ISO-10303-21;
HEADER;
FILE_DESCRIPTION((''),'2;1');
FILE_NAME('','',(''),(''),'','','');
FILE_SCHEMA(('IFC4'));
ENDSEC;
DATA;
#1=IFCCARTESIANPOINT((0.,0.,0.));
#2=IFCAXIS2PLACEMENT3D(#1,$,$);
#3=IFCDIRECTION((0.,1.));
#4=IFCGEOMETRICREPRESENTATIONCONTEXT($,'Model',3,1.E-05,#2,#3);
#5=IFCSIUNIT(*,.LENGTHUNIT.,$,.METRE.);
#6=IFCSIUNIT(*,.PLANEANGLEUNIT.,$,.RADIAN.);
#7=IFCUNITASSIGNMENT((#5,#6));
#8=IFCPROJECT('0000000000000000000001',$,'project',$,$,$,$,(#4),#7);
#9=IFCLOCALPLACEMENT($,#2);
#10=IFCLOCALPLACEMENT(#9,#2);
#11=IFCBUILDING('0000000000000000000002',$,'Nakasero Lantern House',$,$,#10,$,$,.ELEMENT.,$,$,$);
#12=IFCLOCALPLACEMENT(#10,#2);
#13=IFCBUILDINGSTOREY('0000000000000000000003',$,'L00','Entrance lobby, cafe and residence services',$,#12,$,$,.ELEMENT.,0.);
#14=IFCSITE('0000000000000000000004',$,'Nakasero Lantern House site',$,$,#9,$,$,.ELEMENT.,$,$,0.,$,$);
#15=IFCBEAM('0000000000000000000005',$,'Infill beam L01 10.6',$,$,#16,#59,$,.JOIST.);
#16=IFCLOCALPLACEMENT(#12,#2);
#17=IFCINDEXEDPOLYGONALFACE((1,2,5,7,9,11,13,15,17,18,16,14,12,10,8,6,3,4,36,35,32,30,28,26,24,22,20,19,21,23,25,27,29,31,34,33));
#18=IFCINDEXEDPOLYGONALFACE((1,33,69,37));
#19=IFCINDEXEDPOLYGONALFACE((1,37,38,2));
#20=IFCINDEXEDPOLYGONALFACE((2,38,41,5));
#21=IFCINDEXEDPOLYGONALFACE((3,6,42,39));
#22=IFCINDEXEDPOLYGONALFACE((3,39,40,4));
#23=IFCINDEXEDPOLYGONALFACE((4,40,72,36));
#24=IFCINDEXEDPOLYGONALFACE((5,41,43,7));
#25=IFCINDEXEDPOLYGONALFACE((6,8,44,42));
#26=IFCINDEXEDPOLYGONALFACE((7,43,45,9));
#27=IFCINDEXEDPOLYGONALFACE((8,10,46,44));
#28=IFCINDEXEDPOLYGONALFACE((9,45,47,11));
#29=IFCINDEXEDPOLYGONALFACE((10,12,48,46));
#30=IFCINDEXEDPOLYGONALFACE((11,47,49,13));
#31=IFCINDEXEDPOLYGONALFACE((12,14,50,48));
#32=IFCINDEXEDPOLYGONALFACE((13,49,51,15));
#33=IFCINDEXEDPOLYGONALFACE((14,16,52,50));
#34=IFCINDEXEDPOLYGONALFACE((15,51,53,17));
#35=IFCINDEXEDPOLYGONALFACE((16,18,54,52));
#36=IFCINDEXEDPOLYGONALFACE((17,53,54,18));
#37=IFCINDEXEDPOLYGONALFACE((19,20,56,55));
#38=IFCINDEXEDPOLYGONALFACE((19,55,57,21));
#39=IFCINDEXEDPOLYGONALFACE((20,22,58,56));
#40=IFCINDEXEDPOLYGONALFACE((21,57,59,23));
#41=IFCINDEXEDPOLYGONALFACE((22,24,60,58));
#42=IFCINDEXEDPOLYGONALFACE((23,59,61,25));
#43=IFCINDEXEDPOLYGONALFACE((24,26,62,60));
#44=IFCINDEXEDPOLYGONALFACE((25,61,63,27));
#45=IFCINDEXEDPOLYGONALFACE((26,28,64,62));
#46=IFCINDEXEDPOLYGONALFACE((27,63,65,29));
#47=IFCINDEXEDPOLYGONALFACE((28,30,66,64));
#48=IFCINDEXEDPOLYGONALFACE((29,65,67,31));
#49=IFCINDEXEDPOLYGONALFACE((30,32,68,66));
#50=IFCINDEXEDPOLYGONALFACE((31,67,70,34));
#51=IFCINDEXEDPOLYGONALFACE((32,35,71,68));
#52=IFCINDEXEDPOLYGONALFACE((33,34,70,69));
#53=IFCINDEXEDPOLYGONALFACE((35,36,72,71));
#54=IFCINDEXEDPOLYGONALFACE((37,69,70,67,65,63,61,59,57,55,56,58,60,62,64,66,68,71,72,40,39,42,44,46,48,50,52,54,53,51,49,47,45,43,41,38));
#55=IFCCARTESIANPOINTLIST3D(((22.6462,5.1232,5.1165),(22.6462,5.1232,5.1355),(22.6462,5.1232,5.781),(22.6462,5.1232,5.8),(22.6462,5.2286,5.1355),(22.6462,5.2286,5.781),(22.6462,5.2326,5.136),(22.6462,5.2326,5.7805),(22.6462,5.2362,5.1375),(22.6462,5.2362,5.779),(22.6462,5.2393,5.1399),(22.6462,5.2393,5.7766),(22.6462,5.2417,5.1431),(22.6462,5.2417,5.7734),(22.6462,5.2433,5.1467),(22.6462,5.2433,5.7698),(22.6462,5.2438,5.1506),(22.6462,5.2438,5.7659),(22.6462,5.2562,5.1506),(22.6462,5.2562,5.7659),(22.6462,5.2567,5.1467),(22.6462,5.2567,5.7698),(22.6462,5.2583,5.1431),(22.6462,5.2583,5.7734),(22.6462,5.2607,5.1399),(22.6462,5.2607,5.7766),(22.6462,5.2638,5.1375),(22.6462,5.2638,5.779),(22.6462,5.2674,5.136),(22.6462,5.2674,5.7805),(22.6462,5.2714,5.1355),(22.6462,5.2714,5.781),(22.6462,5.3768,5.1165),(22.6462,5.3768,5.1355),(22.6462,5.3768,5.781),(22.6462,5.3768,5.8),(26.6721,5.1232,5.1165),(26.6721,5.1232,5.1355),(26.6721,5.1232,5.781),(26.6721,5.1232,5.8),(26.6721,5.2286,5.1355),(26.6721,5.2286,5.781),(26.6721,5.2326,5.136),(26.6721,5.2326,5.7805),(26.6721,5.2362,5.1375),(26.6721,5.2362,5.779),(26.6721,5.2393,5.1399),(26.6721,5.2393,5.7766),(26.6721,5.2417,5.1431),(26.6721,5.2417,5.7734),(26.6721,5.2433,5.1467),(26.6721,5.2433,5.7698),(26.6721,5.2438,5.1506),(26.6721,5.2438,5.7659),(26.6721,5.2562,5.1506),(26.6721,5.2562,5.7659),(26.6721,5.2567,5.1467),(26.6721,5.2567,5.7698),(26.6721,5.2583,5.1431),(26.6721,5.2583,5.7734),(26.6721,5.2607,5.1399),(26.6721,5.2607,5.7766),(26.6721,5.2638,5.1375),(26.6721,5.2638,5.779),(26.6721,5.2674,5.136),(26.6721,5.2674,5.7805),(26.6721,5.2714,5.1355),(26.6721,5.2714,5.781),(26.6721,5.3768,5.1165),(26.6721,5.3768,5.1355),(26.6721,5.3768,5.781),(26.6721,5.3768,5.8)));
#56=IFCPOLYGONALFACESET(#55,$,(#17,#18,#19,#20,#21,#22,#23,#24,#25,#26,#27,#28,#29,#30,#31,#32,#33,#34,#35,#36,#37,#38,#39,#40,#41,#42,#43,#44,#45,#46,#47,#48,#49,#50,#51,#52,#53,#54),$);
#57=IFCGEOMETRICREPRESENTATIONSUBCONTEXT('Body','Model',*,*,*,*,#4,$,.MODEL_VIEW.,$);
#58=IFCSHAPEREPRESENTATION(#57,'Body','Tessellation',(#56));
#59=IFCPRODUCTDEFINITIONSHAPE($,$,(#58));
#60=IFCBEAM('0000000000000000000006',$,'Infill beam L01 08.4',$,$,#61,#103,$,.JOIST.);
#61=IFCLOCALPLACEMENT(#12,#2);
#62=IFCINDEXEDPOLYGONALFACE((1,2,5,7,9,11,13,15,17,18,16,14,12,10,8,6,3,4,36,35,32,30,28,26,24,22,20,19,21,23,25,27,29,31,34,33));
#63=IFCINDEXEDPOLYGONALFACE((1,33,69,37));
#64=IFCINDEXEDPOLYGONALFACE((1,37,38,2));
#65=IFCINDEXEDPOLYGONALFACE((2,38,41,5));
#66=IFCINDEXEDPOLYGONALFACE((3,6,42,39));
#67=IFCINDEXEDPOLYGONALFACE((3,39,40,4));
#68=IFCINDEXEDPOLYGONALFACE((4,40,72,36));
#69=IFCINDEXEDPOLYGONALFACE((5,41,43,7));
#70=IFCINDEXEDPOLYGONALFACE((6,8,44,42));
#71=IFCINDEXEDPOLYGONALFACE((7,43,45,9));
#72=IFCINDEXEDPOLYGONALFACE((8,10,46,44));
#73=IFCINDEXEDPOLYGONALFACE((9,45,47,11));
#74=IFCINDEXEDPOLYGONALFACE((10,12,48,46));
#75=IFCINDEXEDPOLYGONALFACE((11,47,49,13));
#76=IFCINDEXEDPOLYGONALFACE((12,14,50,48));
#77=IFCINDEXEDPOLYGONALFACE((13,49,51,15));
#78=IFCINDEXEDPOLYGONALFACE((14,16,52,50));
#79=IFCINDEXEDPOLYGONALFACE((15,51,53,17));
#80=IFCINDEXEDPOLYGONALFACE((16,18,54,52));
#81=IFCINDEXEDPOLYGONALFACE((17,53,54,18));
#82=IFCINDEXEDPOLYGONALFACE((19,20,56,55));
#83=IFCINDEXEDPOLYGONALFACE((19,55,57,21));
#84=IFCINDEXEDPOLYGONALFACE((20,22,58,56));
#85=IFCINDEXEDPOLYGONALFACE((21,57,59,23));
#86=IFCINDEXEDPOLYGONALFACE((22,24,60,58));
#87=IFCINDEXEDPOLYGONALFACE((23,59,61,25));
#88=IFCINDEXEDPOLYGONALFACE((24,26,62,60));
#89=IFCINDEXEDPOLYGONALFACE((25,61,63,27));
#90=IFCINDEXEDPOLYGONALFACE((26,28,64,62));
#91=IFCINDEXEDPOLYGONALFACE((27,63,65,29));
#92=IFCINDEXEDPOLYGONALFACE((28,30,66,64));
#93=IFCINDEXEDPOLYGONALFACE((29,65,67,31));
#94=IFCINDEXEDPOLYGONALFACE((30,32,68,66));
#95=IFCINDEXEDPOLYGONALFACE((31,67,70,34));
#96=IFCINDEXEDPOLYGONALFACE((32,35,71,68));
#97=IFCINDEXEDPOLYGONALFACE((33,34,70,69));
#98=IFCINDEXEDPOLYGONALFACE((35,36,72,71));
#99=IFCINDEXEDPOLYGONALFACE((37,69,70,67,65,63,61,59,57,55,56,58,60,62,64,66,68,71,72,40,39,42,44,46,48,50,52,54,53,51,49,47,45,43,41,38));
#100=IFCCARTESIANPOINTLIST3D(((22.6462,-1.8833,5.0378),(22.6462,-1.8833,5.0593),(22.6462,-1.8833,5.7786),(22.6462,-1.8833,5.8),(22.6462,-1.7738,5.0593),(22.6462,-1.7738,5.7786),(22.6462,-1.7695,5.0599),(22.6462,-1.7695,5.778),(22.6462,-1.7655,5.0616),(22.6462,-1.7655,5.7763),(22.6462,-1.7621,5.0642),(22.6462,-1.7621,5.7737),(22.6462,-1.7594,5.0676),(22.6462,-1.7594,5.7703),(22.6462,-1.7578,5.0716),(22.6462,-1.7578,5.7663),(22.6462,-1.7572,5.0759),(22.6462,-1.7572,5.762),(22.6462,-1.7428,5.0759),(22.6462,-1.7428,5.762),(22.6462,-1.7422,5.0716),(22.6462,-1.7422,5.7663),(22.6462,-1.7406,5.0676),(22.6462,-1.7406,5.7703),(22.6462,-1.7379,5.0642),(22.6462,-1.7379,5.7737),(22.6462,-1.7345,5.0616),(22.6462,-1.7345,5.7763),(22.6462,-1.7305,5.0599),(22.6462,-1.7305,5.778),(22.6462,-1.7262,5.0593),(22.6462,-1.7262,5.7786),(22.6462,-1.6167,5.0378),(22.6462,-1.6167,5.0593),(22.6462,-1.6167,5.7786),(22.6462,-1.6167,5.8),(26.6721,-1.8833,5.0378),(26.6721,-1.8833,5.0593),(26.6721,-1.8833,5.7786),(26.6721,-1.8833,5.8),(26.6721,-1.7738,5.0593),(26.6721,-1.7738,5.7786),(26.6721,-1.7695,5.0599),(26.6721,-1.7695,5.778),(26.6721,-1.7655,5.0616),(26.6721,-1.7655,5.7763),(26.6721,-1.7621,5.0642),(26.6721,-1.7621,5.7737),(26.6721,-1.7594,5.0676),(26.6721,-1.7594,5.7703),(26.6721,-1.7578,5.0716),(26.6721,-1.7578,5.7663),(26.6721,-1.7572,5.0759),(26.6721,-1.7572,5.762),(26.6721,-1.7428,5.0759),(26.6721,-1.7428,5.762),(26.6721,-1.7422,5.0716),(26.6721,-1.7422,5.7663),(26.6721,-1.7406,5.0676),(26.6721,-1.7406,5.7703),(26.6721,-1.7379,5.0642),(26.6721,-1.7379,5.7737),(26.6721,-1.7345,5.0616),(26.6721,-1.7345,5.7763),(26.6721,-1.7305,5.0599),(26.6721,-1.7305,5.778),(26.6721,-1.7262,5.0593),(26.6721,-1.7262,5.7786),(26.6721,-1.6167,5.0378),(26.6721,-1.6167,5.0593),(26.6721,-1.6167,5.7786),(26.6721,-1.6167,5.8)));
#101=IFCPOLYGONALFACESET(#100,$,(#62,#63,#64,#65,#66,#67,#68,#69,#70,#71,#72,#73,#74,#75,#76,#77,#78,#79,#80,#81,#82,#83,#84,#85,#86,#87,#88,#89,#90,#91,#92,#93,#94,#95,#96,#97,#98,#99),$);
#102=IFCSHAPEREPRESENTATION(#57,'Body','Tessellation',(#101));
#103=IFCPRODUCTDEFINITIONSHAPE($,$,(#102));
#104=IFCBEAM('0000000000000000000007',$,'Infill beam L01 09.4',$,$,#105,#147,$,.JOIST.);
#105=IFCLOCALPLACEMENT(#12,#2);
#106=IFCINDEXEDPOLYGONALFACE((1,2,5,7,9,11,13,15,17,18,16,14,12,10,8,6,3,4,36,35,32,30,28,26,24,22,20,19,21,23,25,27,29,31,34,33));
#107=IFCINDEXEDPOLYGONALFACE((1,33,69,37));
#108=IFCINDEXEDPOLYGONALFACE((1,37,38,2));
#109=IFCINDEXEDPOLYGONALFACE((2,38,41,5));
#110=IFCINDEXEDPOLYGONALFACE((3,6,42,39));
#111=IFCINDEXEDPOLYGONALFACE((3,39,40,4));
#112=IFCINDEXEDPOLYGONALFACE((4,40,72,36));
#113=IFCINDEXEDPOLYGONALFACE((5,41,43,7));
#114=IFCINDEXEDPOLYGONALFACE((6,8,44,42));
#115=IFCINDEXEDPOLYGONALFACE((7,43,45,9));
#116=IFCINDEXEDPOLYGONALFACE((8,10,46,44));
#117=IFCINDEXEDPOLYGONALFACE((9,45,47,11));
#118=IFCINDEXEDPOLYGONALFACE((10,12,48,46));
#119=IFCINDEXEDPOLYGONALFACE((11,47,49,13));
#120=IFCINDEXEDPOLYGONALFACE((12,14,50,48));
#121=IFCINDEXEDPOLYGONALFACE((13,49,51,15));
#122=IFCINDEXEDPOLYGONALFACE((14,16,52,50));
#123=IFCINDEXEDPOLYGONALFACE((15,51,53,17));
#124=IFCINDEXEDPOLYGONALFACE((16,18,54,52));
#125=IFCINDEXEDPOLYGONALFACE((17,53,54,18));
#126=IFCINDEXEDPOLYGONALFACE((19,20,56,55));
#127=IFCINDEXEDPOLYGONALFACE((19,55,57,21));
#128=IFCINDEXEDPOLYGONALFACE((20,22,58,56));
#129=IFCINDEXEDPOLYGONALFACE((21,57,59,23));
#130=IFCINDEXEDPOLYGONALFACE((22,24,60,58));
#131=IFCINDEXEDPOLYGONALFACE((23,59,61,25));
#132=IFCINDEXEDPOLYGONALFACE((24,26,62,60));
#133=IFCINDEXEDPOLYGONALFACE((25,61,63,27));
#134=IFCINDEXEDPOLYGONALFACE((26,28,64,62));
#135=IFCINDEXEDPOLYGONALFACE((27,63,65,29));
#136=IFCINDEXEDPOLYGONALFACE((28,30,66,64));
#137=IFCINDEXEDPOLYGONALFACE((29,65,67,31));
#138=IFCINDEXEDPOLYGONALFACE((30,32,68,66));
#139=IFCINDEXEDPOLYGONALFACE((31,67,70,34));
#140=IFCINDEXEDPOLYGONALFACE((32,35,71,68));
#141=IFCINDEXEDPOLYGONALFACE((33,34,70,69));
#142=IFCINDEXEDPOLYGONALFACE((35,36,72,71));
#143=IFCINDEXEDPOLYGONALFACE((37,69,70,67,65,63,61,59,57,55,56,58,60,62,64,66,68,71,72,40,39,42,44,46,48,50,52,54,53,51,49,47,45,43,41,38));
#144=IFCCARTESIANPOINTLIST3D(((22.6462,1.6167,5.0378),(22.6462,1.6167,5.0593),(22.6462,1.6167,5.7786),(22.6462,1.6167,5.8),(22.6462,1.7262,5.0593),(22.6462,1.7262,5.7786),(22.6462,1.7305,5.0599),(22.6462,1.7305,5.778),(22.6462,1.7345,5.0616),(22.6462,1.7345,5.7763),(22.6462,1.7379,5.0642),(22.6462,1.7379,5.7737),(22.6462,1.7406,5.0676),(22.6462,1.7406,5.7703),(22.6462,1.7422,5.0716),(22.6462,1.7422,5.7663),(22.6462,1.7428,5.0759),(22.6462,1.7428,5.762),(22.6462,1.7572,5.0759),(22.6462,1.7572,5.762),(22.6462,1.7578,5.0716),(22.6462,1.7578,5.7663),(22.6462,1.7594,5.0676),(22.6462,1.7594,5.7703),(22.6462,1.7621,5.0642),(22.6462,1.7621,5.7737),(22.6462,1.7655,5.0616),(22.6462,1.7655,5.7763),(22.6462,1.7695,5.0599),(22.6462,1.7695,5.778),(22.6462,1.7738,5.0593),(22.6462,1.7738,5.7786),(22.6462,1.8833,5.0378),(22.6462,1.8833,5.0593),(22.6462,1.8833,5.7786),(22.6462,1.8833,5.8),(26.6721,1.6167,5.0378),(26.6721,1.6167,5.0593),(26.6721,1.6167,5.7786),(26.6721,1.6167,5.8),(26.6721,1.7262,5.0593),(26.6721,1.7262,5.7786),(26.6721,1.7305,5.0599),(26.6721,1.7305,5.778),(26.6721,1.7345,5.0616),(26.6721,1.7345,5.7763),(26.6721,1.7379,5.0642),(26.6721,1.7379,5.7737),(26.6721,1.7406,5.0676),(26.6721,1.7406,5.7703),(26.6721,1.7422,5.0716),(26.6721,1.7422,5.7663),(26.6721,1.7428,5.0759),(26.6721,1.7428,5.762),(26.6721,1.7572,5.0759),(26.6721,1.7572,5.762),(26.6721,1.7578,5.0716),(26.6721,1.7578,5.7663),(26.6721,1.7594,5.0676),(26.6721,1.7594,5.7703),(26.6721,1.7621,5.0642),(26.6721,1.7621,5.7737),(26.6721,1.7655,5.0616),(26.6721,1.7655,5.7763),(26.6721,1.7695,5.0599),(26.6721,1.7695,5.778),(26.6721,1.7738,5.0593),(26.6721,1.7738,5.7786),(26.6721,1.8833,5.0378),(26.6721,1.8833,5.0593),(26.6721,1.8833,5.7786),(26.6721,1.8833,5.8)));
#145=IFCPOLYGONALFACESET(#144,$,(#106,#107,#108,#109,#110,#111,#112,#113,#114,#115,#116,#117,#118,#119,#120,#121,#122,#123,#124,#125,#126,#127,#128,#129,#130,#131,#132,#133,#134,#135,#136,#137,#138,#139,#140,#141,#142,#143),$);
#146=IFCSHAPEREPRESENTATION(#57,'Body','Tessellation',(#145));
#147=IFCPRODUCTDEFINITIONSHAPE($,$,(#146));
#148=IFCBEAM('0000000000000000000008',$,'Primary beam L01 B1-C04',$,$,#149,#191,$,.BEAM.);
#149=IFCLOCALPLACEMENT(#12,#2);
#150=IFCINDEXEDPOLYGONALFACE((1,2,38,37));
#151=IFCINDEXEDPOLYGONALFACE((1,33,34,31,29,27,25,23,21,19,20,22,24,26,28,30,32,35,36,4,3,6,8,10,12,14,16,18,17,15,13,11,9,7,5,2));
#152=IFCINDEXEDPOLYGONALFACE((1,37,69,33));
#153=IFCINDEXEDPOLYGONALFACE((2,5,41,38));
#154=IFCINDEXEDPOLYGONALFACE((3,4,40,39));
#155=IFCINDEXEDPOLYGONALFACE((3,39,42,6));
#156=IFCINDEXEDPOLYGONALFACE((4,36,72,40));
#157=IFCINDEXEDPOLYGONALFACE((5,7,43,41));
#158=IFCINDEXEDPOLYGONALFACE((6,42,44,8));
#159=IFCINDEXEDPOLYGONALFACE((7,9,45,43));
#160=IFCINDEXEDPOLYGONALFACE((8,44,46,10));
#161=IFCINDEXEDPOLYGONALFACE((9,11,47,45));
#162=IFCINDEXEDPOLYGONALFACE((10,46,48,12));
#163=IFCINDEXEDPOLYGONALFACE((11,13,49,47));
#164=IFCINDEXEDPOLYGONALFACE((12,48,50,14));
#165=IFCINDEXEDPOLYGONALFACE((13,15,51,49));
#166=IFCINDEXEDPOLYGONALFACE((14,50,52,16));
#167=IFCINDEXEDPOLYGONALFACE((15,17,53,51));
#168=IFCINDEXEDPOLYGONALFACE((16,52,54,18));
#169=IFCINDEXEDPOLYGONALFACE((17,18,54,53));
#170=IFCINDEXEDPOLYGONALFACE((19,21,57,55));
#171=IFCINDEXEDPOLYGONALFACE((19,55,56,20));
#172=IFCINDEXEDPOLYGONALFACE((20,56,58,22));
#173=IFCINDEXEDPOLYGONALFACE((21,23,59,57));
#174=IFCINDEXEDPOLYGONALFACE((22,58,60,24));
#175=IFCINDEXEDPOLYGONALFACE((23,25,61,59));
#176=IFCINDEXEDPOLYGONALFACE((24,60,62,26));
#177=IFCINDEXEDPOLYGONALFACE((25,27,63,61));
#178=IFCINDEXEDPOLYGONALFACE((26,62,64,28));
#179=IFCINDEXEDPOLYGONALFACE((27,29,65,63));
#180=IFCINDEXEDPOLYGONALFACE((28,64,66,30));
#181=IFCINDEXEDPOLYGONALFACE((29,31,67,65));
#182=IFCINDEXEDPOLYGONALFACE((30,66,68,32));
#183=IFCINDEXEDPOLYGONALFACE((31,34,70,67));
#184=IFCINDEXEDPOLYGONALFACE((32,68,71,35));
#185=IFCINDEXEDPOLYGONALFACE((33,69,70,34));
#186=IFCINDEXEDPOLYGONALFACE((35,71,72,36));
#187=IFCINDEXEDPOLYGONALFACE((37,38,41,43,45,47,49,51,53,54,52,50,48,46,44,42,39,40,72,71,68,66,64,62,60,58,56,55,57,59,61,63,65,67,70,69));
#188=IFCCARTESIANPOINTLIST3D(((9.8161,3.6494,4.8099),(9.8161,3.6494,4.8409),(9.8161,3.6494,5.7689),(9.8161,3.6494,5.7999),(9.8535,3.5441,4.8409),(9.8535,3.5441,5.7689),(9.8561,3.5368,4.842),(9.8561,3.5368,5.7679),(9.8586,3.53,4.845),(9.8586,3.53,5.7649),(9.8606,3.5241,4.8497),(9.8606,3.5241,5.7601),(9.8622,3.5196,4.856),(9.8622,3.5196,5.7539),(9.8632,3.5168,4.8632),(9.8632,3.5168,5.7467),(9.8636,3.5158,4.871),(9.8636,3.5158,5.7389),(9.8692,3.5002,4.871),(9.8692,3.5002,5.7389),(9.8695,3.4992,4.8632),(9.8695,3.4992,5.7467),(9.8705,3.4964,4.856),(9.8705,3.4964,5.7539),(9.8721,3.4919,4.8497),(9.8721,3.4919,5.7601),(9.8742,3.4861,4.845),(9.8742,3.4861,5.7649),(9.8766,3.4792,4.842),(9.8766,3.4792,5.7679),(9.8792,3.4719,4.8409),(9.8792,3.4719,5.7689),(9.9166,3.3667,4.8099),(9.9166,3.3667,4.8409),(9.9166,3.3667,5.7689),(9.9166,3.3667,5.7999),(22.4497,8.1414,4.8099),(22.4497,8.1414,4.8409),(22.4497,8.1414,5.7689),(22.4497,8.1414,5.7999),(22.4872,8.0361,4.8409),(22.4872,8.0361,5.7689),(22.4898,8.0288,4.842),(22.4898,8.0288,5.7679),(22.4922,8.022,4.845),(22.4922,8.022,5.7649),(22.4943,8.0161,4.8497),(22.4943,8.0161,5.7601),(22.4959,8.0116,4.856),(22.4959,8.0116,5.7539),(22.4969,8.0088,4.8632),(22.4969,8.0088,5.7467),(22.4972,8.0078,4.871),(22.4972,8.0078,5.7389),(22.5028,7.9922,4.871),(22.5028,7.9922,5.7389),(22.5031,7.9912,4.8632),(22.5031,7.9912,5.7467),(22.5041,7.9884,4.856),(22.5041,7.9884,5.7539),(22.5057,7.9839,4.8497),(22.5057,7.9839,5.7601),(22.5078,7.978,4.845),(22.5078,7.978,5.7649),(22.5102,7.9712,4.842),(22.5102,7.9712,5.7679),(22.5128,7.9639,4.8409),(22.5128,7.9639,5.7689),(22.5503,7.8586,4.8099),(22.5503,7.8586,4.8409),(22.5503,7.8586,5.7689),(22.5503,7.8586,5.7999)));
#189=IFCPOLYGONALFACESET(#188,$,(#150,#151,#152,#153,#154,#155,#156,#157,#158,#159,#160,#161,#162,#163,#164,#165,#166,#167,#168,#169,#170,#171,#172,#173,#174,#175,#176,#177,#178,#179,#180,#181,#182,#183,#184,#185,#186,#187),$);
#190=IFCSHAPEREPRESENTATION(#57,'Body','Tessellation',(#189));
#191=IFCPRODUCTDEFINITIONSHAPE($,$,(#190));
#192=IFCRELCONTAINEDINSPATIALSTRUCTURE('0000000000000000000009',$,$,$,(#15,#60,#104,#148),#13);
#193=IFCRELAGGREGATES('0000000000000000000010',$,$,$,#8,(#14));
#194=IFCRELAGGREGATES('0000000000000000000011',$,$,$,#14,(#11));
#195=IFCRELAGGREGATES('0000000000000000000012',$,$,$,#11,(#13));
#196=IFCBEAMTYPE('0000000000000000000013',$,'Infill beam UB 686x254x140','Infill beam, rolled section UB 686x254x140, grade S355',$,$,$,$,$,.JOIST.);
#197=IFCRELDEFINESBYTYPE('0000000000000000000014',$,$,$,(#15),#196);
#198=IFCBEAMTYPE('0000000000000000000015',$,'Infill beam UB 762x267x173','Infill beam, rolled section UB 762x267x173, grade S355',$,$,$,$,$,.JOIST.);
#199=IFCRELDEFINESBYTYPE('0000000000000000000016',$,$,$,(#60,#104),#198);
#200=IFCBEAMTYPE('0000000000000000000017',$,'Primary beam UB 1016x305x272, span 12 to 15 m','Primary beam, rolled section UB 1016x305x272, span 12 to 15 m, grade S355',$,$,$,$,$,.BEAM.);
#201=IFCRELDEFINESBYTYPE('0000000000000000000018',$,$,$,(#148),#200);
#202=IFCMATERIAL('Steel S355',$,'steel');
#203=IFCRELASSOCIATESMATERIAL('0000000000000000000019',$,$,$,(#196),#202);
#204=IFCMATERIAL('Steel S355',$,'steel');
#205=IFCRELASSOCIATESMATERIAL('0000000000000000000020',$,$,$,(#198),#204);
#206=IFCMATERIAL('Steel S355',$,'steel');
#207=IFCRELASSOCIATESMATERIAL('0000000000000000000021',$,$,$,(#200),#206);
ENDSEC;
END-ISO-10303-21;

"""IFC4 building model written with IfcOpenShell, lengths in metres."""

from ifc_helpers import new_model, si_unit, direction, frame, origin, origin_2d, place, context, subcontext, project, spatial, i_section, extrude, material, material_profile, profile_set, type_object, element, save


model = new_model("IFC4")

# Units and contexts
model_context = context("Model", 3, precision=1e-05, world=origin(), true_north=direction((0.0, 1.0)))
body_context = subcontext(model_context, "Body", "Model", "MODEL_VIEW")
ifc_project = project(units=[si_unit("LENGTHUNIT", "METRE"), si_unit("PLANEANGLEUNIT", "RADIAN")], contexts=[model_context])

# Site, building, storey
site_placement = place(None, origin())
site = spatial("IfcSite", under=ifc_project, at=site_placement, Name="Nakasero Lantern House site", CompositionType="ELEMENT", RefElevation=0.0)
building_placement = place(site_placement, origin())
building = spatial("IfcBuilding", under=site, at=building_placement, Name="Nakasero Lantern House", CompositionType="ELEMENT")
storey_placement = place(building_placement, origin())
storey = spatial("IfcBuildingStorey", under=building, at=storey_placement, Name="L00", Description="Entrance lobby, cafe and residence services", CompositionType="ELEMENT", Elevation=0.0)

# Beams
ifc_material_1 = material(Name="Steel S355", Category="steel")
ifc_material_profile_1 = material_profile(ifc_material_1, i_section(OverallWidth=0.2537, OverallDepth=0.6836, WebThickness=0.0125, FlangeThickness=0.019, FilletRadius=0.0151, at=origin_2d()), Name="UB 686x254x140")
ifc_profile_set_1 = profile_set([ifc_material_profile_1], Name="Steel S355")
beam_type_1 = type_object("IfcBeamType", Name="Infill beam UB 686x254x140", Description="Infill beam, rolled section UB 686x254x140, grade S355", PredefinedType="JOIST", material=ifc_profile_set_1)
beam_1_placement = place(storey_placement, frame((22.6462, 5.25, 5.4583), z_axis=(1.0, 0.0, 0.0), x_axis=(0.0, 1.0, 0.0)))
element("IfcBeam", 1, at=beam_1_placement, inside=storey, type_object=beam_type_1, Name="Infill beam L01 10.6", PredefinedType="JOIST", context=body_context, shape_type="SweptSolid", body=[
    extrude(i_section(OverallWidth=0.2537, OverallDepth=0.6836, WebThickness=0.0125, FlangeThickness=0.019, FilletRadius=0.0151, at=origin_2d()), origin(), (0.0, 0.0, 1.0), 4.0259),
])
ifc_material_2 = material(Name="Steel S355", Category="steel")
ifc_material_profile_2 = material_profile(ifc_material_2, i_section(OverallWidth=0.2666, OverallDepth=0.7622, WebThickness=0.0144, FlangeThickness=0.0215, FilletRadius=0.0166, at=origin_2d()), Name="UB 762x267x173")
ifc_profile_set_2 = profile_set([ifc_material_profile_2], Name="Steel S355")
beam_type_2 = type_object("IfcBeamType", Name="Infill beam UB 762x267x173", Description="Infill beam, rolled section UB 762x267x173, grade S355", PredefinedType="JOIST", material=ifc_profile_set_2)
for number, where, z_axis, x_axis, name in (
    (2, (22.6462, -1.75, 5.4189), (1.0, 0.0, 0.0), (0.0, 1.0, 0.0), "Infill beam L01 08.4"),
    (3, (22.6462, 1.75, 5.4189), (1.0, 0.0, 0.0), (0.0, 1.0, 0.0), "Infill beam L01 09.4"),
):
    element("IfcBeam", number, at=place(storey_placement, frame(where, z_axis=z_axis, x_axis=x_axis)), inside=storey, type_object=beam_type_2, Name=name, PredefinedType="JOIST", context=body_context, shape_type="SweptSolid", body=[
        extrude(i_section(OverallWidth=0.2666, OverallDepth=0.7622, WebThickness=0.0144, FlangeThickness=0.0215, FilletRadius=0.0166, at=origin_2d()), origin(), (0.0, 0.0, 1.0), 4.0259),
    ])
ifc_material_3 = material(Name="Steel S355", Category="steel")
ifc_material_profile_3 = material_profile(ifc_material_3, i_section(OverallWidth=0.3, OverallDepth=0.99, WebThickness=0.0166, FlangeThickness=0.031, FilletRadius=0.03, at=origin_2d()), Name="UB 1016x305x272")
ifc_profile_set_3 = profile_set([ifc_material_profile_3], Name="Steel S355")
beam_type_3 = type_object("IfcBeamType", Name="Primary beam UB 1016x305x272, span 12 to 15 m", Description="Primary beam, rolled section UB 1016x305x272, span 12 to 15 m, grade S355", PredefinedType="BEAM", material=ifc_profile_set_3)
beam_2_placement = place(storey_placement, frame((22.5, 8.0, 5.3049), z_axis=(-0.942214, -0.335011, 0.0), x_axis=(0.335011, -0.942214, 0.0)))
element("IfcBeam", 4, at=beam_2_placement, inside=storey, type_object=beam_type_3, Name="Primary beam L01 B1-C04", PredefinedType="BEAM", context=body_context, shape_type="SweptSolid", body=[
    extrude(i_section(OverallWidth=0.3, OverallDepth=0.99, WebThickness=0.0166, FlangeThickness=0.031, FilletRadius=0.03, at=origin_2d()), origin(), (0.0, 0.0, 1.0), 13.4084),
])

save(model, "model.ifc")
